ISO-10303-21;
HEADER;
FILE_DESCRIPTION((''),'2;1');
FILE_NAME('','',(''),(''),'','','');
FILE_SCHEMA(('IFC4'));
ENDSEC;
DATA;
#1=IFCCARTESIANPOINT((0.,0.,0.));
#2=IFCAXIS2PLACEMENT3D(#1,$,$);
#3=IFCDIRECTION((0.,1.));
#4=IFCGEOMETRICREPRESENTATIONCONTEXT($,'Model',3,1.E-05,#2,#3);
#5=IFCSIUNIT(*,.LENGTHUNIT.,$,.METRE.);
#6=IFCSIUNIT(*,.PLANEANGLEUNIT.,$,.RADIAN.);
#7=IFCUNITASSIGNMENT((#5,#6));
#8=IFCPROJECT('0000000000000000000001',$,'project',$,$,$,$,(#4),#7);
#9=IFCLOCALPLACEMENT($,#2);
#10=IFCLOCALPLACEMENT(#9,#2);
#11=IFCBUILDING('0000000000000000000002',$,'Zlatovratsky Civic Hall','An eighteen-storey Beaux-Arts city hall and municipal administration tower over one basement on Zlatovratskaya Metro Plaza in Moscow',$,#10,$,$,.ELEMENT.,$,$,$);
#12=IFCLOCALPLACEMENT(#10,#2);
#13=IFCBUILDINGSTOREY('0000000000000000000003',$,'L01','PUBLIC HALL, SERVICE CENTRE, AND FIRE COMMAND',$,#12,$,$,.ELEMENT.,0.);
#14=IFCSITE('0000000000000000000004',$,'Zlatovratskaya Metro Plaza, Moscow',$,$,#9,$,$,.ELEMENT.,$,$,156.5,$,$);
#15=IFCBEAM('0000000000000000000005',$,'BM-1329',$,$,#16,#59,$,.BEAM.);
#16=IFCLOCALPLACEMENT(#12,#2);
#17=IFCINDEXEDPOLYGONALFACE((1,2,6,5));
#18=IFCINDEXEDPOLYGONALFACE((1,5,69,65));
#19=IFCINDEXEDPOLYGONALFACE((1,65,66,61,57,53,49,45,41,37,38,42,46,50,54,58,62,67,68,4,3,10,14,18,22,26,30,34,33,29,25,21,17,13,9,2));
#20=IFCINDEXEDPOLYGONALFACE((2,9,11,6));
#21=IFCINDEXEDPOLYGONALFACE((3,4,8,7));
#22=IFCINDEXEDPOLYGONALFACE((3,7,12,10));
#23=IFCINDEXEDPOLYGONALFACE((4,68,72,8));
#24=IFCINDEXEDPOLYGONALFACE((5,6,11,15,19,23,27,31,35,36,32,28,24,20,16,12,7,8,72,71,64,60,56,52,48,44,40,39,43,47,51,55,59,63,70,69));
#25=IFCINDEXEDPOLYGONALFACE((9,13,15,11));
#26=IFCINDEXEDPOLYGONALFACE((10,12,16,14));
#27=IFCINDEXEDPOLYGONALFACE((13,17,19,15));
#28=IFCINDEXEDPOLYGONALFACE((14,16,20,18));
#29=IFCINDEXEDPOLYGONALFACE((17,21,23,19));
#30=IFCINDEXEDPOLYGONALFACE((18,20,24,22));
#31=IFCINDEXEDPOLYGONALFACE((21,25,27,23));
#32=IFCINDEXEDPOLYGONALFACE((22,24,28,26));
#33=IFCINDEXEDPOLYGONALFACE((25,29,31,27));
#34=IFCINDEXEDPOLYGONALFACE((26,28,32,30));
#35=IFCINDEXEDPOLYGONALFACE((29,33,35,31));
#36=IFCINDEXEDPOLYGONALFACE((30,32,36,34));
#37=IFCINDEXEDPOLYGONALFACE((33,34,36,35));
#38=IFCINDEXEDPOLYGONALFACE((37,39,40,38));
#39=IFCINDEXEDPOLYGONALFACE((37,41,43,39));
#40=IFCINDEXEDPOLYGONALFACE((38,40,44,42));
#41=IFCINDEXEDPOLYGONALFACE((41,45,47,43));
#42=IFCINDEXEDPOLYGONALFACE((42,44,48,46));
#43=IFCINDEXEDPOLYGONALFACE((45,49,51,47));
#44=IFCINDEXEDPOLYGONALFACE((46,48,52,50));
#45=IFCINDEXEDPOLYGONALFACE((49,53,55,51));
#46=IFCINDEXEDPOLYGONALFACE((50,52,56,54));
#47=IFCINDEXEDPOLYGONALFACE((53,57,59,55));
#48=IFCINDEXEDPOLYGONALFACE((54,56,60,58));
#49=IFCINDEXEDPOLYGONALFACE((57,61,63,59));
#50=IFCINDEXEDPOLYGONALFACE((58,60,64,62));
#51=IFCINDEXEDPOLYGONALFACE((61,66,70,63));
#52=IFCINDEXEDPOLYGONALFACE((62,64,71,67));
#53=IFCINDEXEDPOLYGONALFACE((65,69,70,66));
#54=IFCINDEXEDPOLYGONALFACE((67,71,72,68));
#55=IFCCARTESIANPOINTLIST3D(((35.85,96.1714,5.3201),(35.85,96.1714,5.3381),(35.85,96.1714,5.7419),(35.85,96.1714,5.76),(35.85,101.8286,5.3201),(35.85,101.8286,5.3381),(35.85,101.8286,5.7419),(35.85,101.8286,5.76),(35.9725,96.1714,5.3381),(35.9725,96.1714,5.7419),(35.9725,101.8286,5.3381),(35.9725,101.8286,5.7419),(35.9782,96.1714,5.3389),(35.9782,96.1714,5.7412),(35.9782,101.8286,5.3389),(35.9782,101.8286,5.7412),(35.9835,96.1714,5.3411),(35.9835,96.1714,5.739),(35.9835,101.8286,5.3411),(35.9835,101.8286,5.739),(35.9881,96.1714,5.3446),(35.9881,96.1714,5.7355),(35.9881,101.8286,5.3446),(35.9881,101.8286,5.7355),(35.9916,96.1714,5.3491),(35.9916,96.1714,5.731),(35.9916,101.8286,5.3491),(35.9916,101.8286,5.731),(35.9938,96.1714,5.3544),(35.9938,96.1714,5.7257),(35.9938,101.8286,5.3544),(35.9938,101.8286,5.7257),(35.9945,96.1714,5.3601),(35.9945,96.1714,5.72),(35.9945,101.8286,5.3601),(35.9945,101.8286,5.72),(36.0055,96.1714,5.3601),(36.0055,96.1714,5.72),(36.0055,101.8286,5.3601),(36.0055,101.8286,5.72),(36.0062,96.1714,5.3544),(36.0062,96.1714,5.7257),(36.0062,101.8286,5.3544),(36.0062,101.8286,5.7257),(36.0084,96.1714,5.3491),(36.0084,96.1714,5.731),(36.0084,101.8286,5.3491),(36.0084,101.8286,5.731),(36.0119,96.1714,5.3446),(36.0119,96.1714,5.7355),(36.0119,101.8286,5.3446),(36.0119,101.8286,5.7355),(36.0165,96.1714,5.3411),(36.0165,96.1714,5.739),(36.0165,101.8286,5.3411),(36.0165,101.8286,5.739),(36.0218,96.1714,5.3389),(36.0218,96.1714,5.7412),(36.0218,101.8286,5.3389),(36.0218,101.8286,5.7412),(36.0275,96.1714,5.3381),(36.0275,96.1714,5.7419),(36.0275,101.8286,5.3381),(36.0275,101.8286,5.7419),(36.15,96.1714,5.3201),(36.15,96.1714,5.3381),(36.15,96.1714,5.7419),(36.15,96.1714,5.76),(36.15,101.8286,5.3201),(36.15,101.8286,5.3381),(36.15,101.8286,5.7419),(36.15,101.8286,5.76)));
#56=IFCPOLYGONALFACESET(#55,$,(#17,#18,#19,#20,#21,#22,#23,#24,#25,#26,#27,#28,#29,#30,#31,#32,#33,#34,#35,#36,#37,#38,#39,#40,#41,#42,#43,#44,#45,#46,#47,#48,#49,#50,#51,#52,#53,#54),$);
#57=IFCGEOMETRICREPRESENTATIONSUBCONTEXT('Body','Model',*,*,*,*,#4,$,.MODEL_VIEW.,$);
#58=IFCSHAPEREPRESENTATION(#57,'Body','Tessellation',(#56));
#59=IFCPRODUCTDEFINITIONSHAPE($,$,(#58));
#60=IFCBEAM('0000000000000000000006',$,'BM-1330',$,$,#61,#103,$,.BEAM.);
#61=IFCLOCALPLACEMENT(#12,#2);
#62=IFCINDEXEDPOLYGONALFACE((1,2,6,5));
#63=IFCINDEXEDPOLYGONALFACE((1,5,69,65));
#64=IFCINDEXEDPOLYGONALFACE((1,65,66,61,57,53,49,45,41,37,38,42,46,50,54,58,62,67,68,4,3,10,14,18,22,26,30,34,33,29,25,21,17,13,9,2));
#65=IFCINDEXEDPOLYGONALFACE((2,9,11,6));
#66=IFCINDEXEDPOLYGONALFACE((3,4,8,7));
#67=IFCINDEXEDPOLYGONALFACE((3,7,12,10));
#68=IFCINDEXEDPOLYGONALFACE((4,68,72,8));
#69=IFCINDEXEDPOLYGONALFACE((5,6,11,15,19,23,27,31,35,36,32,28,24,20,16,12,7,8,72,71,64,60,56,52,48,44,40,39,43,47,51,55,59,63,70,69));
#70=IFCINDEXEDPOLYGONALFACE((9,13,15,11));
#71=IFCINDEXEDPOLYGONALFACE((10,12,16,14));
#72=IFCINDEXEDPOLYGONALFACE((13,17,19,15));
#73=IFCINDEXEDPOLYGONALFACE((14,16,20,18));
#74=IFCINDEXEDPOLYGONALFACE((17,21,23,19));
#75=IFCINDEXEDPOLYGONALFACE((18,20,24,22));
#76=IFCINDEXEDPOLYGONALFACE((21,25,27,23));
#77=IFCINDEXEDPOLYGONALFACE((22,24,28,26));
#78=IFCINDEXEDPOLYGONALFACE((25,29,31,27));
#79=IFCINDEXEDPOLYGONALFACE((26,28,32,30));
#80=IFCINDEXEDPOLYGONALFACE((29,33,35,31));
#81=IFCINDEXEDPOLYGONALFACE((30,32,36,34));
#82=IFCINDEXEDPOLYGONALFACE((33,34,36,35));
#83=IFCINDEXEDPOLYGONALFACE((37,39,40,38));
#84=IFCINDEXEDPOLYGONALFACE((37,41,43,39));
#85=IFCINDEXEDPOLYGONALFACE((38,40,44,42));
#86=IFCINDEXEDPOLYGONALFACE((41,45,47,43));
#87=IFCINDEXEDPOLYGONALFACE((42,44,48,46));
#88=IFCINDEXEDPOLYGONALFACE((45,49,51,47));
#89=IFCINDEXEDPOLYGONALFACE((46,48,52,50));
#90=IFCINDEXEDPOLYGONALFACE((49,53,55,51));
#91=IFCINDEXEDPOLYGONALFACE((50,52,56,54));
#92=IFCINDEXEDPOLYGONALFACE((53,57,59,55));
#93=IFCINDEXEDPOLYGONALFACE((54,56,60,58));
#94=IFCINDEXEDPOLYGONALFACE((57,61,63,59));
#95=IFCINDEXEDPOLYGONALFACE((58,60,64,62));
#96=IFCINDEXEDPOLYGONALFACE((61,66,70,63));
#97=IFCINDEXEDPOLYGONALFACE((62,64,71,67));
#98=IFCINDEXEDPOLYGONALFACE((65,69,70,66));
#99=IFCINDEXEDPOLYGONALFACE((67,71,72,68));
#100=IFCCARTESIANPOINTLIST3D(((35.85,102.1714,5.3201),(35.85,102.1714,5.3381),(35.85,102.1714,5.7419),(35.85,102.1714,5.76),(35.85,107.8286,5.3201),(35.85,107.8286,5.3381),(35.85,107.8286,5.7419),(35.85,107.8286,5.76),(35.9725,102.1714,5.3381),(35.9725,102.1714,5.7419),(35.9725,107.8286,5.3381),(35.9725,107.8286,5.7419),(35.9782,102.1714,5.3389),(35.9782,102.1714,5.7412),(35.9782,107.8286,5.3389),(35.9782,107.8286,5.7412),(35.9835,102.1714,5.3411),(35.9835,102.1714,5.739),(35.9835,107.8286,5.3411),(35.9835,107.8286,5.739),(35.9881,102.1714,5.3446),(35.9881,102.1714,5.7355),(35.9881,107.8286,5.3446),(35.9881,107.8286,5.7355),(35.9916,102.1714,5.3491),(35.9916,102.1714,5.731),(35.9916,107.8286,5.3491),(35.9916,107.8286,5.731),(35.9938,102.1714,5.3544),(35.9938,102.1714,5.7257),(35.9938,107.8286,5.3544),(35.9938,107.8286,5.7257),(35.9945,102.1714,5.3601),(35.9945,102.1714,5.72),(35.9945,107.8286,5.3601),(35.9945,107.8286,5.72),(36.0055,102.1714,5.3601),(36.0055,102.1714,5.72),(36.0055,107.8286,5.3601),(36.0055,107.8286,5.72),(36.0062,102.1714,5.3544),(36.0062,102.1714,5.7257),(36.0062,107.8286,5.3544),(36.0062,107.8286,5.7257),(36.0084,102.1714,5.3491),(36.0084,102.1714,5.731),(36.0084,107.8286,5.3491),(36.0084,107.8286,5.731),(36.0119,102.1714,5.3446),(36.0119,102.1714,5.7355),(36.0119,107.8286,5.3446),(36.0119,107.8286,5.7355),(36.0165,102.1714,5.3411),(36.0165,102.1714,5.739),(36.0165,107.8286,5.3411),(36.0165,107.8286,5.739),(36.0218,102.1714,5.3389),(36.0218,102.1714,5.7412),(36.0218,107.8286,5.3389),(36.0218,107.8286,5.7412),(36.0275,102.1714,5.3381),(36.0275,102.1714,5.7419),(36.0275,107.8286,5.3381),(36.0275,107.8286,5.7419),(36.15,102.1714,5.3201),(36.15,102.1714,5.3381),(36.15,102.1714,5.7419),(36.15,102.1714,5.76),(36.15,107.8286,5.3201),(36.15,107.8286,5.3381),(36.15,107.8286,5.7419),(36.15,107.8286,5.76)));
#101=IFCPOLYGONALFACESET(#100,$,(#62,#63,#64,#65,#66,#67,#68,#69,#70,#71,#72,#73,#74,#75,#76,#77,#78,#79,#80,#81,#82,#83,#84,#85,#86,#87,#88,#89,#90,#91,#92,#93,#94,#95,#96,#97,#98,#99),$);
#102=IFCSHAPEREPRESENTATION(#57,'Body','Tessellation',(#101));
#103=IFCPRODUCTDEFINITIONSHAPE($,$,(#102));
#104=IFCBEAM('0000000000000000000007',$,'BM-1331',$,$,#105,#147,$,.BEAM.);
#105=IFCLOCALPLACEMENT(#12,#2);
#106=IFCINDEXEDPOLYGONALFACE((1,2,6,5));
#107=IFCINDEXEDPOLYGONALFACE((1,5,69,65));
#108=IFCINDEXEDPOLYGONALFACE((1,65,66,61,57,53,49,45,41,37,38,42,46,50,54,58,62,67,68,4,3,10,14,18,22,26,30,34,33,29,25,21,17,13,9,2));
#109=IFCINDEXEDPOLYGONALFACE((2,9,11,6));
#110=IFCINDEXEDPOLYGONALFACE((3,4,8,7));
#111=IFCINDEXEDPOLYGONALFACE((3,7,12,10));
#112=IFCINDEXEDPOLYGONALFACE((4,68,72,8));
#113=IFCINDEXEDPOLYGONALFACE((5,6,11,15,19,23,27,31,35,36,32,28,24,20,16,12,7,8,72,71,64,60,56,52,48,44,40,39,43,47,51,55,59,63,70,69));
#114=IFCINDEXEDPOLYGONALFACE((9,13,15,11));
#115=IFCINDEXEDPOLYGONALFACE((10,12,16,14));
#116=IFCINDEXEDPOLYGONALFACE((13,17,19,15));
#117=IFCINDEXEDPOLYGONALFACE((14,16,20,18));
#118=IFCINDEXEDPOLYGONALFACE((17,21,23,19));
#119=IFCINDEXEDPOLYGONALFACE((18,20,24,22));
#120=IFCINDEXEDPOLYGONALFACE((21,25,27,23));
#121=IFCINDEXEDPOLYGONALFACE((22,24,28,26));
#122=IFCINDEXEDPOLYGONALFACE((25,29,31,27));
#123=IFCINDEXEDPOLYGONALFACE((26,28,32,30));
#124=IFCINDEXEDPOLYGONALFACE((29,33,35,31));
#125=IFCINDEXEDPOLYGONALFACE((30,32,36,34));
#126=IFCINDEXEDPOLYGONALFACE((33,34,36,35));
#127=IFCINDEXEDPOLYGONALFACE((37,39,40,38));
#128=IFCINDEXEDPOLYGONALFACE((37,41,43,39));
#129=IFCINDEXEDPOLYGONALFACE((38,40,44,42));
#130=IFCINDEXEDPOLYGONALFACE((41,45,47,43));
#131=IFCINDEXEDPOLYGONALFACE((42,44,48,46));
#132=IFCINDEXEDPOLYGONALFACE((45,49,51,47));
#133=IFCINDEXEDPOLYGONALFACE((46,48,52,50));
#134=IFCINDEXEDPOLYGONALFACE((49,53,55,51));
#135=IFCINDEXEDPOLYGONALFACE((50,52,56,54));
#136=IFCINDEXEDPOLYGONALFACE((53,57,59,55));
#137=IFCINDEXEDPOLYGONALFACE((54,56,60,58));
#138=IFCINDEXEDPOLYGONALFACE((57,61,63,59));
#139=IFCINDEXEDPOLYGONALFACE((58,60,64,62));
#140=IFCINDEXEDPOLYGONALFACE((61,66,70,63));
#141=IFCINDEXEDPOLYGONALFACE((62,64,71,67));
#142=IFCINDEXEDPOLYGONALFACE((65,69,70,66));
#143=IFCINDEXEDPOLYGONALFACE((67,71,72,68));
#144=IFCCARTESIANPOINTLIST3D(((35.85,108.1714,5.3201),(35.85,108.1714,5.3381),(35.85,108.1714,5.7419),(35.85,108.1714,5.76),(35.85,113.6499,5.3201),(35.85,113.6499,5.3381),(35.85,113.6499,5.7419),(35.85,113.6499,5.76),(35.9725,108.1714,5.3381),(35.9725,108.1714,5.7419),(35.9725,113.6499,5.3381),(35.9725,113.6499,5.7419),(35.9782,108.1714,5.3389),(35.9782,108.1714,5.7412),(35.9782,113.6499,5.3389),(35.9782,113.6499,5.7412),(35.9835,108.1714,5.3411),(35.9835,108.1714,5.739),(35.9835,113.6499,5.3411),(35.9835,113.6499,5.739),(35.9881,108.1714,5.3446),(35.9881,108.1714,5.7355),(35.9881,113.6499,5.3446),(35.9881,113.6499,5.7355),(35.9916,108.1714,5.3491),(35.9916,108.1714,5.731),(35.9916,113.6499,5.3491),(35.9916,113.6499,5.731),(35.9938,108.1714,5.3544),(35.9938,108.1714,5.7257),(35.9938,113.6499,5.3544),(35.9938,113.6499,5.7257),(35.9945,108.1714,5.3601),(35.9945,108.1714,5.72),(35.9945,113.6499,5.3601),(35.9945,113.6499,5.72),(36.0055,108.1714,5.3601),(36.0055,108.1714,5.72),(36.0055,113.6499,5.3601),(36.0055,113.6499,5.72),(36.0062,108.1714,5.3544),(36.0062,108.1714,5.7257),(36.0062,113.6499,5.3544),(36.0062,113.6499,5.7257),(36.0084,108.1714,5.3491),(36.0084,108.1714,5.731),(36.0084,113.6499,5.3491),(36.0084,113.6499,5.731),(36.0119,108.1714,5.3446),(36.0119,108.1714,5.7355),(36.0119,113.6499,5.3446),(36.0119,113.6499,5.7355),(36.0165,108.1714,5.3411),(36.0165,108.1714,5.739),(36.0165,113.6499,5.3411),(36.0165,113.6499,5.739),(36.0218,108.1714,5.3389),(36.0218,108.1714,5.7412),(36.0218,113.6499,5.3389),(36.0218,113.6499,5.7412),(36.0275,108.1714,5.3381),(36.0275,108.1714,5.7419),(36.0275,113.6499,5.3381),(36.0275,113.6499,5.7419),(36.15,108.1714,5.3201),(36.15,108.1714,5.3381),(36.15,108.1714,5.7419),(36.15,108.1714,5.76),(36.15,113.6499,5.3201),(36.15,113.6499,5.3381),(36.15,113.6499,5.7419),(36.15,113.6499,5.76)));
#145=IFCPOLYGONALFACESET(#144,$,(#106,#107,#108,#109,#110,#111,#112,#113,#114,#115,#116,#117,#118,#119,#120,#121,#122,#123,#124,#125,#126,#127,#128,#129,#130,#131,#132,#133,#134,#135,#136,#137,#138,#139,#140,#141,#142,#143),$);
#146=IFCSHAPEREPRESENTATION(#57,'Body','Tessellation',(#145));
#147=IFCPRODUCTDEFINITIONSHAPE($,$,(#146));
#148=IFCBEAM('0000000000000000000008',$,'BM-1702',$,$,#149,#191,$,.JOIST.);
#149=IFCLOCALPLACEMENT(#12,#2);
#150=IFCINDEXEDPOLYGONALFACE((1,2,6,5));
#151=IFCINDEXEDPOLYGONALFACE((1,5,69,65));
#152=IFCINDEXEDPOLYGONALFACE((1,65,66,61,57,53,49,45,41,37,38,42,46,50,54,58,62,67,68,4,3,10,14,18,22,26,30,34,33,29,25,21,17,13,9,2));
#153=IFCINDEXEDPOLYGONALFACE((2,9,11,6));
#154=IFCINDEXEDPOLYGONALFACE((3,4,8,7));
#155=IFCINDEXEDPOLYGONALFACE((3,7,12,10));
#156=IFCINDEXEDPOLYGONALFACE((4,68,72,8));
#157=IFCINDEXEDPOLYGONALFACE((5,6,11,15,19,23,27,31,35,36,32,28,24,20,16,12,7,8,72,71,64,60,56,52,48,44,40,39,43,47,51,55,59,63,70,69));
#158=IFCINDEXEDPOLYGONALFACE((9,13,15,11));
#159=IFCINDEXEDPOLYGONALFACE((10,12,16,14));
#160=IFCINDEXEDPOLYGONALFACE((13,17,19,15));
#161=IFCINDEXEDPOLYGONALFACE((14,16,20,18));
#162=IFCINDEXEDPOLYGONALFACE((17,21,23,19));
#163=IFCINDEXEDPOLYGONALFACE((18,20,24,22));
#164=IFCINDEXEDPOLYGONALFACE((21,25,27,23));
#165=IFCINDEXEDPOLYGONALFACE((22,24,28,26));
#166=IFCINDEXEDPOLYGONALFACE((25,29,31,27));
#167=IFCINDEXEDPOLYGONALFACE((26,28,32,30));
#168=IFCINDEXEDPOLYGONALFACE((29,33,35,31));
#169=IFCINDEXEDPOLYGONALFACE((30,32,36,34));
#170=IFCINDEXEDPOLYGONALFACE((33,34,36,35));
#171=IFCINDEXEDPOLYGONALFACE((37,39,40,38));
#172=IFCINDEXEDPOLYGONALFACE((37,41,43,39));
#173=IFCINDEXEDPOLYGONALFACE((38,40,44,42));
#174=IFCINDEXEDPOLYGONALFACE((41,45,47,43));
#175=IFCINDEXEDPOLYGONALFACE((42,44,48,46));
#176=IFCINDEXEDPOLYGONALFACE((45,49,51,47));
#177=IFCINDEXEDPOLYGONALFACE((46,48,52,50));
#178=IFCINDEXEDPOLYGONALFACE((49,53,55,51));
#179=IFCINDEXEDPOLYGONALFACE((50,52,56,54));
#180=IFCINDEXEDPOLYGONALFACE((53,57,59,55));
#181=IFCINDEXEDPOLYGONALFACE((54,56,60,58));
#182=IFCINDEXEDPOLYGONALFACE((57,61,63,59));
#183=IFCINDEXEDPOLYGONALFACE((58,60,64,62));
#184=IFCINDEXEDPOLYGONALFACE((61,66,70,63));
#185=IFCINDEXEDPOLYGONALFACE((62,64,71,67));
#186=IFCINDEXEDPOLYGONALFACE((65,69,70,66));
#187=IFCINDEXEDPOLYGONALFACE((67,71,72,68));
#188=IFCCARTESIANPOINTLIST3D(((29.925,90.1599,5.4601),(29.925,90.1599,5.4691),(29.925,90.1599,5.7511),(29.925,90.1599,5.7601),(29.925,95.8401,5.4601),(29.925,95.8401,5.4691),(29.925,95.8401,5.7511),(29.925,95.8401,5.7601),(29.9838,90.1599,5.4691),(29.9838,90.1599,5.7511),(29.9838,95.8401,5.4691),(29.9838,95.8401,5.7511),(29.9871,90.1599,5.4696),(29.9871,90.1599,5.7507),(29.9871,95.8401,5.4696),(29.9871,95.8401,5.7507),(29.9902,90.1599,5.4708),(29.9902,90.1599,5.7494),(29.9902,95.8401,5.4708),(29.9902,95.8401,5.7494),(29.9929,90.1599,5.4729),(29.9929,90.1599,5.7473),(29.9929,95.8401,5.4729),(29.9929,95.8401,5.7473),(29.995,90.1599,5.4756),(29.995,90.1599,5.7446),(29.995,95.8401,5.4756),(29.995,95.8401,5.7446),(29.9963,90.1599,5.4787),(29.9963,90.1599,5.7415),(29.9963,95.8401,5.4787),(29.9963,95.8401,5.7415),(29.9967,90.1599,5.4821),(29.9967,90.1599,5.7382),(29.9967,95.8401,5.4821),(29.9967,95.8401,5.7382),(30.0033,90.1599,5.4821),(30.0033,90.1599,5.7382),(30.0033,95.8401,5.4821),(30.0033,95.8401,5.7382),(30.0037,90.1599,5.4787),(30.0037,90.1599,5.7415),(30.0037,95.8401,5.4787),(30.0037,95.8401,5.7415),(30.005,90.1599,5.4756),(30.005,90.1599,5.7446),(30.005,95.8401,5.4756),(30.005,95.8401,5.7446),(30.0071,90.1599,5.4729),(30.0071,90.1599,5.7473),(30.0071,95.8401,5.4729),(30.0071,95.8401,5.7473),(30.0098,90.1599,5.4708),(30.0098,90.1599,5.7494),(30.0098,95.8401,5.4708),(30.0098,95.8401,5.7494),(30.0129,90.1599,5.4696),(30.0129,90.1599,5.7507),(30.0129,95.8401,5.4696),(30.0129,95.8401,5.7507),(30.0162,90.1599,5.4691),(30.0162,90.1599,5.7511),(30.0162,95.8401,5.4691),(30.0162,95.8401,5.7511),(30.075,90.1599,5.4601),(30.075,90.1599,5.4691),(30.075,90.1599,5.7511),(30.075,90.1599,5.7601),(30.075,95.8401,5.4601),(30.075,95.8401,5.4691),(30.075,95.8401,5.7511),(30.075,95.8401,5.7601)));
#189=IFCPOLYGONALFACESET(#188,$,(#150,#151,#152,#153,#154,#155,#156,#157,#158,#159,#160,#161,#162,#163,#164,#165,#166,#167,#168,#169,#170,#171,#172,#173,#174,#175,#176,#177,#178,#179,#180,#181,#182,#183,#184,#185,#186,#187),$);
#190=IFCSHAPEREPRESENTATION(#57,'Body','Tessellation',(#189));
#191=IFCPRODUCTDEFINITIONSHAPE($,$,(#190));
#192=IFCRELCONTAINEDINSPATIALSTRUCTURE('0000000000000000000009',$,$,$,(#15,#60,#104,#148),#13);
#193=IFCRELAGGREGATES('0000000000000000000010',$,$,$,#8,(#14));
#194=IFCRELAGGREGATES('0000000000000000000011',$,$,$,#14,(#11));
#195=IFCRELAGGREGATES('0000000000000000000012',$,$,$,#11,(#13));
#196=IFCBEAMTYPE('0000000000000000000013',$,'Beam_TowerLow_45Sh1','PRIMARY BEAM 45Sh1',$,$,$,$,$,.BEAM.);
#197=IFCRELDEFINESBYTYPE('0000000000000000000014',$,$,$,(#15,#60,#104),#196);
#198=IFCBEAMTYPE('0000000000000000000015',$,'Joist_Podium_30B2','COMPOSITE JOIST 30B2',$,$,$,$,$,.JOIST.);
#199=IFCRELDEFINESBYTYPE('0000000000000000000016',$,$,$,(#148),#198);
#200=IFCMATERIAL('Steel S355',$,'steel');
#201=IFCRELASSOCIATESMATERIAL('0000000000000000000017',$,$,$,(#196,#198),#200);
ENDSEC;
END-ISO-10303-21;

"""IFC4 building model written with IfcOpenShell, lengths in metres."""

from ifc_helpers import new_model, si_unit, direction, frame, origin, origin_2d, place, context, subcontext, project, spatial, i_section, extrude, material, material_profile, profile_set, type_object, element, save


model = new_model("IFC4")

# Units and contexts
model_context = context("Model", 3, precision=1e-05, world=origin(), true_north=direction((0.0, 1.0)))
body_context = subcontext(model_context, "Body", "Model", "MODEL_VIEW")
ifc_project = project(units=[si_unit("LENGTHUNIT", "METRE"), si_unit("PLANEANGLEUNIT", "RADIAN")], contexts=[model_context])

# Site, building, storey
site_placement = place(None, origin())
site = spatial("IfcSite", under=ifc_project, at=site_placement, Name="Zlatovratskaya Metro Plaza, Moscow", CompositionType="ELEMENT", RefElevation=156.5)
building_placement = place(site_placement, origin())
building = spatial("IfcBuilding", under=site, at=building_placement, Name="Zlatovratsky Civic Hall", Description="An eighteen-storey Beaux-Arts city hall and municipal administration tower over one basement on Zlatovratskaya Metro Plaza in Moscow", CompositionType="ELEMENT")
storey_placement = place(building_placement, origin())
storey = spatial("IfcBuildingStorey", under=building, at=storey_placement, Name="L01", Description="PUBLIC HALL, SERVICE CENTRE, AND FIRE COMMAND", CompositionType="ELEMENT", Elevation=0.0)

# Shared definitions
ifc_material_1 = material(Name="Steel S355", Category="steel")

# Beams
ifc_material_profile_1 = material_profile(ifc_material_1, i_section(OverallWidth=0.3, OverallDepth=0.4399, WebThickness=0.011, FlangeThickness=0.0181, FilletRadius=0.022, at=origin_2d()), Name="45Sh1")
ifc_profile_set_1 = profile_set([ifc_material_profile_1], Name="Steel S355")
beam_type_1 = type_object("IfcBeamType", Name="Beam_TowerLow_45Sh1", Description="PRIMARY BEAM 45Sh1", PredefinedType="BEAM", material=ifc_profile_set_1)
for number, where, z_axis, x_axis, name in (
    (1, (36.0, 96.1714, 5.54), (0.0, 1.0, 0.0), (-1.0, 0.0, 0.0), "BM-1329"),
    (2, (36.0, 102.1714, 5.54), (0.0, 1.0, 0.0), (-1.0, 0.0, 0.0), "BM-1330"),
):
    element("IfcBeam", number, at=place(storey_placement, frame(where, z_axis=z_axis, x_axis=x_axis)), inside=storey, type_object=beam_type_1, Name=name, PredefinedType="BEAM", context=body_context, shape_type="SweptSolid", body=[
        extrude(i_section(OverallWidth=0.3, OverallDepth=0.4399, WebThickness=0.011, FlangeThickness=0.0181, FilletRadius=0.022, at=origin_2d()), origin(), (0.0, 0.0, 1.0), 5.6572),
    ])
beam_1_placement = place(storey_placement, frame((36.0, 108.1714, 5.54), z_axis=(0.0, 1.0, 0.0), x_axis=(-1.0, 0.0, 0.0)))
element("IfcBeam", 3, at=beam_1_placement, inside=storey, type_object=beam_type_1, Name="BM-1331", PredefinedType="BEAM", context=body_context, shape_type="SweptSolid", body=[
    extrude(i_section(OverallWidth=0.3, OverallDepth=0.4399, WebThickness=0.011, FlangeThickness=0.0181, FilletRadius=0.022, at=origin_2d()), origin(), (0.0, 0.0, 1.0), 5.4785),
])
ifc_material_profile_2 = material_profile(ifc_material_1, i_section(OverallWidth=0.1499, OverallDepth=0.3, WebThickness=0.0066, FlangeThickness=0.009, FilletRadius=0.0129, at=origin_2d()), Name="30B2")
ifc_profile_set_2 = profile_set([ifc_material_profile_2], Name="Steel S355")
beam_type_2 = type_object("IfcBeamType", Name="Joist_Podium_30B2", Description="COMPOSITE JOIST 30B2", PredefinedType="JOIST", material=ifc_profile_set_2)
for number, where, z_axis, x_axis, name in (
    (4, (30.0, 90.1599, 5.6101), (0.0, 1.0, 0.0), (-1.0, 0.0, 0.0), "BM-1702"),
):
    element("IfcBeam", number, at=place(storey_placement, frame(where, z_axis=z_axis, x_axis=x_axis)), inside=storey, type_object=beam_type_2, Name=name, PredefinedType="JOIST", context=body_context, shape_type="SweptSolid", body=[
        extrude(i_section(OverallWidth=0.1499, OverallDepth=0.3, WebThickness=0.0066, FlangeThickness=0.009, FilletRadius=0.0129, at=origin_2d()), origin(), (0.0, 0.0, 1.0), 5.6802),
    ])

save(model, "model.ifc")
